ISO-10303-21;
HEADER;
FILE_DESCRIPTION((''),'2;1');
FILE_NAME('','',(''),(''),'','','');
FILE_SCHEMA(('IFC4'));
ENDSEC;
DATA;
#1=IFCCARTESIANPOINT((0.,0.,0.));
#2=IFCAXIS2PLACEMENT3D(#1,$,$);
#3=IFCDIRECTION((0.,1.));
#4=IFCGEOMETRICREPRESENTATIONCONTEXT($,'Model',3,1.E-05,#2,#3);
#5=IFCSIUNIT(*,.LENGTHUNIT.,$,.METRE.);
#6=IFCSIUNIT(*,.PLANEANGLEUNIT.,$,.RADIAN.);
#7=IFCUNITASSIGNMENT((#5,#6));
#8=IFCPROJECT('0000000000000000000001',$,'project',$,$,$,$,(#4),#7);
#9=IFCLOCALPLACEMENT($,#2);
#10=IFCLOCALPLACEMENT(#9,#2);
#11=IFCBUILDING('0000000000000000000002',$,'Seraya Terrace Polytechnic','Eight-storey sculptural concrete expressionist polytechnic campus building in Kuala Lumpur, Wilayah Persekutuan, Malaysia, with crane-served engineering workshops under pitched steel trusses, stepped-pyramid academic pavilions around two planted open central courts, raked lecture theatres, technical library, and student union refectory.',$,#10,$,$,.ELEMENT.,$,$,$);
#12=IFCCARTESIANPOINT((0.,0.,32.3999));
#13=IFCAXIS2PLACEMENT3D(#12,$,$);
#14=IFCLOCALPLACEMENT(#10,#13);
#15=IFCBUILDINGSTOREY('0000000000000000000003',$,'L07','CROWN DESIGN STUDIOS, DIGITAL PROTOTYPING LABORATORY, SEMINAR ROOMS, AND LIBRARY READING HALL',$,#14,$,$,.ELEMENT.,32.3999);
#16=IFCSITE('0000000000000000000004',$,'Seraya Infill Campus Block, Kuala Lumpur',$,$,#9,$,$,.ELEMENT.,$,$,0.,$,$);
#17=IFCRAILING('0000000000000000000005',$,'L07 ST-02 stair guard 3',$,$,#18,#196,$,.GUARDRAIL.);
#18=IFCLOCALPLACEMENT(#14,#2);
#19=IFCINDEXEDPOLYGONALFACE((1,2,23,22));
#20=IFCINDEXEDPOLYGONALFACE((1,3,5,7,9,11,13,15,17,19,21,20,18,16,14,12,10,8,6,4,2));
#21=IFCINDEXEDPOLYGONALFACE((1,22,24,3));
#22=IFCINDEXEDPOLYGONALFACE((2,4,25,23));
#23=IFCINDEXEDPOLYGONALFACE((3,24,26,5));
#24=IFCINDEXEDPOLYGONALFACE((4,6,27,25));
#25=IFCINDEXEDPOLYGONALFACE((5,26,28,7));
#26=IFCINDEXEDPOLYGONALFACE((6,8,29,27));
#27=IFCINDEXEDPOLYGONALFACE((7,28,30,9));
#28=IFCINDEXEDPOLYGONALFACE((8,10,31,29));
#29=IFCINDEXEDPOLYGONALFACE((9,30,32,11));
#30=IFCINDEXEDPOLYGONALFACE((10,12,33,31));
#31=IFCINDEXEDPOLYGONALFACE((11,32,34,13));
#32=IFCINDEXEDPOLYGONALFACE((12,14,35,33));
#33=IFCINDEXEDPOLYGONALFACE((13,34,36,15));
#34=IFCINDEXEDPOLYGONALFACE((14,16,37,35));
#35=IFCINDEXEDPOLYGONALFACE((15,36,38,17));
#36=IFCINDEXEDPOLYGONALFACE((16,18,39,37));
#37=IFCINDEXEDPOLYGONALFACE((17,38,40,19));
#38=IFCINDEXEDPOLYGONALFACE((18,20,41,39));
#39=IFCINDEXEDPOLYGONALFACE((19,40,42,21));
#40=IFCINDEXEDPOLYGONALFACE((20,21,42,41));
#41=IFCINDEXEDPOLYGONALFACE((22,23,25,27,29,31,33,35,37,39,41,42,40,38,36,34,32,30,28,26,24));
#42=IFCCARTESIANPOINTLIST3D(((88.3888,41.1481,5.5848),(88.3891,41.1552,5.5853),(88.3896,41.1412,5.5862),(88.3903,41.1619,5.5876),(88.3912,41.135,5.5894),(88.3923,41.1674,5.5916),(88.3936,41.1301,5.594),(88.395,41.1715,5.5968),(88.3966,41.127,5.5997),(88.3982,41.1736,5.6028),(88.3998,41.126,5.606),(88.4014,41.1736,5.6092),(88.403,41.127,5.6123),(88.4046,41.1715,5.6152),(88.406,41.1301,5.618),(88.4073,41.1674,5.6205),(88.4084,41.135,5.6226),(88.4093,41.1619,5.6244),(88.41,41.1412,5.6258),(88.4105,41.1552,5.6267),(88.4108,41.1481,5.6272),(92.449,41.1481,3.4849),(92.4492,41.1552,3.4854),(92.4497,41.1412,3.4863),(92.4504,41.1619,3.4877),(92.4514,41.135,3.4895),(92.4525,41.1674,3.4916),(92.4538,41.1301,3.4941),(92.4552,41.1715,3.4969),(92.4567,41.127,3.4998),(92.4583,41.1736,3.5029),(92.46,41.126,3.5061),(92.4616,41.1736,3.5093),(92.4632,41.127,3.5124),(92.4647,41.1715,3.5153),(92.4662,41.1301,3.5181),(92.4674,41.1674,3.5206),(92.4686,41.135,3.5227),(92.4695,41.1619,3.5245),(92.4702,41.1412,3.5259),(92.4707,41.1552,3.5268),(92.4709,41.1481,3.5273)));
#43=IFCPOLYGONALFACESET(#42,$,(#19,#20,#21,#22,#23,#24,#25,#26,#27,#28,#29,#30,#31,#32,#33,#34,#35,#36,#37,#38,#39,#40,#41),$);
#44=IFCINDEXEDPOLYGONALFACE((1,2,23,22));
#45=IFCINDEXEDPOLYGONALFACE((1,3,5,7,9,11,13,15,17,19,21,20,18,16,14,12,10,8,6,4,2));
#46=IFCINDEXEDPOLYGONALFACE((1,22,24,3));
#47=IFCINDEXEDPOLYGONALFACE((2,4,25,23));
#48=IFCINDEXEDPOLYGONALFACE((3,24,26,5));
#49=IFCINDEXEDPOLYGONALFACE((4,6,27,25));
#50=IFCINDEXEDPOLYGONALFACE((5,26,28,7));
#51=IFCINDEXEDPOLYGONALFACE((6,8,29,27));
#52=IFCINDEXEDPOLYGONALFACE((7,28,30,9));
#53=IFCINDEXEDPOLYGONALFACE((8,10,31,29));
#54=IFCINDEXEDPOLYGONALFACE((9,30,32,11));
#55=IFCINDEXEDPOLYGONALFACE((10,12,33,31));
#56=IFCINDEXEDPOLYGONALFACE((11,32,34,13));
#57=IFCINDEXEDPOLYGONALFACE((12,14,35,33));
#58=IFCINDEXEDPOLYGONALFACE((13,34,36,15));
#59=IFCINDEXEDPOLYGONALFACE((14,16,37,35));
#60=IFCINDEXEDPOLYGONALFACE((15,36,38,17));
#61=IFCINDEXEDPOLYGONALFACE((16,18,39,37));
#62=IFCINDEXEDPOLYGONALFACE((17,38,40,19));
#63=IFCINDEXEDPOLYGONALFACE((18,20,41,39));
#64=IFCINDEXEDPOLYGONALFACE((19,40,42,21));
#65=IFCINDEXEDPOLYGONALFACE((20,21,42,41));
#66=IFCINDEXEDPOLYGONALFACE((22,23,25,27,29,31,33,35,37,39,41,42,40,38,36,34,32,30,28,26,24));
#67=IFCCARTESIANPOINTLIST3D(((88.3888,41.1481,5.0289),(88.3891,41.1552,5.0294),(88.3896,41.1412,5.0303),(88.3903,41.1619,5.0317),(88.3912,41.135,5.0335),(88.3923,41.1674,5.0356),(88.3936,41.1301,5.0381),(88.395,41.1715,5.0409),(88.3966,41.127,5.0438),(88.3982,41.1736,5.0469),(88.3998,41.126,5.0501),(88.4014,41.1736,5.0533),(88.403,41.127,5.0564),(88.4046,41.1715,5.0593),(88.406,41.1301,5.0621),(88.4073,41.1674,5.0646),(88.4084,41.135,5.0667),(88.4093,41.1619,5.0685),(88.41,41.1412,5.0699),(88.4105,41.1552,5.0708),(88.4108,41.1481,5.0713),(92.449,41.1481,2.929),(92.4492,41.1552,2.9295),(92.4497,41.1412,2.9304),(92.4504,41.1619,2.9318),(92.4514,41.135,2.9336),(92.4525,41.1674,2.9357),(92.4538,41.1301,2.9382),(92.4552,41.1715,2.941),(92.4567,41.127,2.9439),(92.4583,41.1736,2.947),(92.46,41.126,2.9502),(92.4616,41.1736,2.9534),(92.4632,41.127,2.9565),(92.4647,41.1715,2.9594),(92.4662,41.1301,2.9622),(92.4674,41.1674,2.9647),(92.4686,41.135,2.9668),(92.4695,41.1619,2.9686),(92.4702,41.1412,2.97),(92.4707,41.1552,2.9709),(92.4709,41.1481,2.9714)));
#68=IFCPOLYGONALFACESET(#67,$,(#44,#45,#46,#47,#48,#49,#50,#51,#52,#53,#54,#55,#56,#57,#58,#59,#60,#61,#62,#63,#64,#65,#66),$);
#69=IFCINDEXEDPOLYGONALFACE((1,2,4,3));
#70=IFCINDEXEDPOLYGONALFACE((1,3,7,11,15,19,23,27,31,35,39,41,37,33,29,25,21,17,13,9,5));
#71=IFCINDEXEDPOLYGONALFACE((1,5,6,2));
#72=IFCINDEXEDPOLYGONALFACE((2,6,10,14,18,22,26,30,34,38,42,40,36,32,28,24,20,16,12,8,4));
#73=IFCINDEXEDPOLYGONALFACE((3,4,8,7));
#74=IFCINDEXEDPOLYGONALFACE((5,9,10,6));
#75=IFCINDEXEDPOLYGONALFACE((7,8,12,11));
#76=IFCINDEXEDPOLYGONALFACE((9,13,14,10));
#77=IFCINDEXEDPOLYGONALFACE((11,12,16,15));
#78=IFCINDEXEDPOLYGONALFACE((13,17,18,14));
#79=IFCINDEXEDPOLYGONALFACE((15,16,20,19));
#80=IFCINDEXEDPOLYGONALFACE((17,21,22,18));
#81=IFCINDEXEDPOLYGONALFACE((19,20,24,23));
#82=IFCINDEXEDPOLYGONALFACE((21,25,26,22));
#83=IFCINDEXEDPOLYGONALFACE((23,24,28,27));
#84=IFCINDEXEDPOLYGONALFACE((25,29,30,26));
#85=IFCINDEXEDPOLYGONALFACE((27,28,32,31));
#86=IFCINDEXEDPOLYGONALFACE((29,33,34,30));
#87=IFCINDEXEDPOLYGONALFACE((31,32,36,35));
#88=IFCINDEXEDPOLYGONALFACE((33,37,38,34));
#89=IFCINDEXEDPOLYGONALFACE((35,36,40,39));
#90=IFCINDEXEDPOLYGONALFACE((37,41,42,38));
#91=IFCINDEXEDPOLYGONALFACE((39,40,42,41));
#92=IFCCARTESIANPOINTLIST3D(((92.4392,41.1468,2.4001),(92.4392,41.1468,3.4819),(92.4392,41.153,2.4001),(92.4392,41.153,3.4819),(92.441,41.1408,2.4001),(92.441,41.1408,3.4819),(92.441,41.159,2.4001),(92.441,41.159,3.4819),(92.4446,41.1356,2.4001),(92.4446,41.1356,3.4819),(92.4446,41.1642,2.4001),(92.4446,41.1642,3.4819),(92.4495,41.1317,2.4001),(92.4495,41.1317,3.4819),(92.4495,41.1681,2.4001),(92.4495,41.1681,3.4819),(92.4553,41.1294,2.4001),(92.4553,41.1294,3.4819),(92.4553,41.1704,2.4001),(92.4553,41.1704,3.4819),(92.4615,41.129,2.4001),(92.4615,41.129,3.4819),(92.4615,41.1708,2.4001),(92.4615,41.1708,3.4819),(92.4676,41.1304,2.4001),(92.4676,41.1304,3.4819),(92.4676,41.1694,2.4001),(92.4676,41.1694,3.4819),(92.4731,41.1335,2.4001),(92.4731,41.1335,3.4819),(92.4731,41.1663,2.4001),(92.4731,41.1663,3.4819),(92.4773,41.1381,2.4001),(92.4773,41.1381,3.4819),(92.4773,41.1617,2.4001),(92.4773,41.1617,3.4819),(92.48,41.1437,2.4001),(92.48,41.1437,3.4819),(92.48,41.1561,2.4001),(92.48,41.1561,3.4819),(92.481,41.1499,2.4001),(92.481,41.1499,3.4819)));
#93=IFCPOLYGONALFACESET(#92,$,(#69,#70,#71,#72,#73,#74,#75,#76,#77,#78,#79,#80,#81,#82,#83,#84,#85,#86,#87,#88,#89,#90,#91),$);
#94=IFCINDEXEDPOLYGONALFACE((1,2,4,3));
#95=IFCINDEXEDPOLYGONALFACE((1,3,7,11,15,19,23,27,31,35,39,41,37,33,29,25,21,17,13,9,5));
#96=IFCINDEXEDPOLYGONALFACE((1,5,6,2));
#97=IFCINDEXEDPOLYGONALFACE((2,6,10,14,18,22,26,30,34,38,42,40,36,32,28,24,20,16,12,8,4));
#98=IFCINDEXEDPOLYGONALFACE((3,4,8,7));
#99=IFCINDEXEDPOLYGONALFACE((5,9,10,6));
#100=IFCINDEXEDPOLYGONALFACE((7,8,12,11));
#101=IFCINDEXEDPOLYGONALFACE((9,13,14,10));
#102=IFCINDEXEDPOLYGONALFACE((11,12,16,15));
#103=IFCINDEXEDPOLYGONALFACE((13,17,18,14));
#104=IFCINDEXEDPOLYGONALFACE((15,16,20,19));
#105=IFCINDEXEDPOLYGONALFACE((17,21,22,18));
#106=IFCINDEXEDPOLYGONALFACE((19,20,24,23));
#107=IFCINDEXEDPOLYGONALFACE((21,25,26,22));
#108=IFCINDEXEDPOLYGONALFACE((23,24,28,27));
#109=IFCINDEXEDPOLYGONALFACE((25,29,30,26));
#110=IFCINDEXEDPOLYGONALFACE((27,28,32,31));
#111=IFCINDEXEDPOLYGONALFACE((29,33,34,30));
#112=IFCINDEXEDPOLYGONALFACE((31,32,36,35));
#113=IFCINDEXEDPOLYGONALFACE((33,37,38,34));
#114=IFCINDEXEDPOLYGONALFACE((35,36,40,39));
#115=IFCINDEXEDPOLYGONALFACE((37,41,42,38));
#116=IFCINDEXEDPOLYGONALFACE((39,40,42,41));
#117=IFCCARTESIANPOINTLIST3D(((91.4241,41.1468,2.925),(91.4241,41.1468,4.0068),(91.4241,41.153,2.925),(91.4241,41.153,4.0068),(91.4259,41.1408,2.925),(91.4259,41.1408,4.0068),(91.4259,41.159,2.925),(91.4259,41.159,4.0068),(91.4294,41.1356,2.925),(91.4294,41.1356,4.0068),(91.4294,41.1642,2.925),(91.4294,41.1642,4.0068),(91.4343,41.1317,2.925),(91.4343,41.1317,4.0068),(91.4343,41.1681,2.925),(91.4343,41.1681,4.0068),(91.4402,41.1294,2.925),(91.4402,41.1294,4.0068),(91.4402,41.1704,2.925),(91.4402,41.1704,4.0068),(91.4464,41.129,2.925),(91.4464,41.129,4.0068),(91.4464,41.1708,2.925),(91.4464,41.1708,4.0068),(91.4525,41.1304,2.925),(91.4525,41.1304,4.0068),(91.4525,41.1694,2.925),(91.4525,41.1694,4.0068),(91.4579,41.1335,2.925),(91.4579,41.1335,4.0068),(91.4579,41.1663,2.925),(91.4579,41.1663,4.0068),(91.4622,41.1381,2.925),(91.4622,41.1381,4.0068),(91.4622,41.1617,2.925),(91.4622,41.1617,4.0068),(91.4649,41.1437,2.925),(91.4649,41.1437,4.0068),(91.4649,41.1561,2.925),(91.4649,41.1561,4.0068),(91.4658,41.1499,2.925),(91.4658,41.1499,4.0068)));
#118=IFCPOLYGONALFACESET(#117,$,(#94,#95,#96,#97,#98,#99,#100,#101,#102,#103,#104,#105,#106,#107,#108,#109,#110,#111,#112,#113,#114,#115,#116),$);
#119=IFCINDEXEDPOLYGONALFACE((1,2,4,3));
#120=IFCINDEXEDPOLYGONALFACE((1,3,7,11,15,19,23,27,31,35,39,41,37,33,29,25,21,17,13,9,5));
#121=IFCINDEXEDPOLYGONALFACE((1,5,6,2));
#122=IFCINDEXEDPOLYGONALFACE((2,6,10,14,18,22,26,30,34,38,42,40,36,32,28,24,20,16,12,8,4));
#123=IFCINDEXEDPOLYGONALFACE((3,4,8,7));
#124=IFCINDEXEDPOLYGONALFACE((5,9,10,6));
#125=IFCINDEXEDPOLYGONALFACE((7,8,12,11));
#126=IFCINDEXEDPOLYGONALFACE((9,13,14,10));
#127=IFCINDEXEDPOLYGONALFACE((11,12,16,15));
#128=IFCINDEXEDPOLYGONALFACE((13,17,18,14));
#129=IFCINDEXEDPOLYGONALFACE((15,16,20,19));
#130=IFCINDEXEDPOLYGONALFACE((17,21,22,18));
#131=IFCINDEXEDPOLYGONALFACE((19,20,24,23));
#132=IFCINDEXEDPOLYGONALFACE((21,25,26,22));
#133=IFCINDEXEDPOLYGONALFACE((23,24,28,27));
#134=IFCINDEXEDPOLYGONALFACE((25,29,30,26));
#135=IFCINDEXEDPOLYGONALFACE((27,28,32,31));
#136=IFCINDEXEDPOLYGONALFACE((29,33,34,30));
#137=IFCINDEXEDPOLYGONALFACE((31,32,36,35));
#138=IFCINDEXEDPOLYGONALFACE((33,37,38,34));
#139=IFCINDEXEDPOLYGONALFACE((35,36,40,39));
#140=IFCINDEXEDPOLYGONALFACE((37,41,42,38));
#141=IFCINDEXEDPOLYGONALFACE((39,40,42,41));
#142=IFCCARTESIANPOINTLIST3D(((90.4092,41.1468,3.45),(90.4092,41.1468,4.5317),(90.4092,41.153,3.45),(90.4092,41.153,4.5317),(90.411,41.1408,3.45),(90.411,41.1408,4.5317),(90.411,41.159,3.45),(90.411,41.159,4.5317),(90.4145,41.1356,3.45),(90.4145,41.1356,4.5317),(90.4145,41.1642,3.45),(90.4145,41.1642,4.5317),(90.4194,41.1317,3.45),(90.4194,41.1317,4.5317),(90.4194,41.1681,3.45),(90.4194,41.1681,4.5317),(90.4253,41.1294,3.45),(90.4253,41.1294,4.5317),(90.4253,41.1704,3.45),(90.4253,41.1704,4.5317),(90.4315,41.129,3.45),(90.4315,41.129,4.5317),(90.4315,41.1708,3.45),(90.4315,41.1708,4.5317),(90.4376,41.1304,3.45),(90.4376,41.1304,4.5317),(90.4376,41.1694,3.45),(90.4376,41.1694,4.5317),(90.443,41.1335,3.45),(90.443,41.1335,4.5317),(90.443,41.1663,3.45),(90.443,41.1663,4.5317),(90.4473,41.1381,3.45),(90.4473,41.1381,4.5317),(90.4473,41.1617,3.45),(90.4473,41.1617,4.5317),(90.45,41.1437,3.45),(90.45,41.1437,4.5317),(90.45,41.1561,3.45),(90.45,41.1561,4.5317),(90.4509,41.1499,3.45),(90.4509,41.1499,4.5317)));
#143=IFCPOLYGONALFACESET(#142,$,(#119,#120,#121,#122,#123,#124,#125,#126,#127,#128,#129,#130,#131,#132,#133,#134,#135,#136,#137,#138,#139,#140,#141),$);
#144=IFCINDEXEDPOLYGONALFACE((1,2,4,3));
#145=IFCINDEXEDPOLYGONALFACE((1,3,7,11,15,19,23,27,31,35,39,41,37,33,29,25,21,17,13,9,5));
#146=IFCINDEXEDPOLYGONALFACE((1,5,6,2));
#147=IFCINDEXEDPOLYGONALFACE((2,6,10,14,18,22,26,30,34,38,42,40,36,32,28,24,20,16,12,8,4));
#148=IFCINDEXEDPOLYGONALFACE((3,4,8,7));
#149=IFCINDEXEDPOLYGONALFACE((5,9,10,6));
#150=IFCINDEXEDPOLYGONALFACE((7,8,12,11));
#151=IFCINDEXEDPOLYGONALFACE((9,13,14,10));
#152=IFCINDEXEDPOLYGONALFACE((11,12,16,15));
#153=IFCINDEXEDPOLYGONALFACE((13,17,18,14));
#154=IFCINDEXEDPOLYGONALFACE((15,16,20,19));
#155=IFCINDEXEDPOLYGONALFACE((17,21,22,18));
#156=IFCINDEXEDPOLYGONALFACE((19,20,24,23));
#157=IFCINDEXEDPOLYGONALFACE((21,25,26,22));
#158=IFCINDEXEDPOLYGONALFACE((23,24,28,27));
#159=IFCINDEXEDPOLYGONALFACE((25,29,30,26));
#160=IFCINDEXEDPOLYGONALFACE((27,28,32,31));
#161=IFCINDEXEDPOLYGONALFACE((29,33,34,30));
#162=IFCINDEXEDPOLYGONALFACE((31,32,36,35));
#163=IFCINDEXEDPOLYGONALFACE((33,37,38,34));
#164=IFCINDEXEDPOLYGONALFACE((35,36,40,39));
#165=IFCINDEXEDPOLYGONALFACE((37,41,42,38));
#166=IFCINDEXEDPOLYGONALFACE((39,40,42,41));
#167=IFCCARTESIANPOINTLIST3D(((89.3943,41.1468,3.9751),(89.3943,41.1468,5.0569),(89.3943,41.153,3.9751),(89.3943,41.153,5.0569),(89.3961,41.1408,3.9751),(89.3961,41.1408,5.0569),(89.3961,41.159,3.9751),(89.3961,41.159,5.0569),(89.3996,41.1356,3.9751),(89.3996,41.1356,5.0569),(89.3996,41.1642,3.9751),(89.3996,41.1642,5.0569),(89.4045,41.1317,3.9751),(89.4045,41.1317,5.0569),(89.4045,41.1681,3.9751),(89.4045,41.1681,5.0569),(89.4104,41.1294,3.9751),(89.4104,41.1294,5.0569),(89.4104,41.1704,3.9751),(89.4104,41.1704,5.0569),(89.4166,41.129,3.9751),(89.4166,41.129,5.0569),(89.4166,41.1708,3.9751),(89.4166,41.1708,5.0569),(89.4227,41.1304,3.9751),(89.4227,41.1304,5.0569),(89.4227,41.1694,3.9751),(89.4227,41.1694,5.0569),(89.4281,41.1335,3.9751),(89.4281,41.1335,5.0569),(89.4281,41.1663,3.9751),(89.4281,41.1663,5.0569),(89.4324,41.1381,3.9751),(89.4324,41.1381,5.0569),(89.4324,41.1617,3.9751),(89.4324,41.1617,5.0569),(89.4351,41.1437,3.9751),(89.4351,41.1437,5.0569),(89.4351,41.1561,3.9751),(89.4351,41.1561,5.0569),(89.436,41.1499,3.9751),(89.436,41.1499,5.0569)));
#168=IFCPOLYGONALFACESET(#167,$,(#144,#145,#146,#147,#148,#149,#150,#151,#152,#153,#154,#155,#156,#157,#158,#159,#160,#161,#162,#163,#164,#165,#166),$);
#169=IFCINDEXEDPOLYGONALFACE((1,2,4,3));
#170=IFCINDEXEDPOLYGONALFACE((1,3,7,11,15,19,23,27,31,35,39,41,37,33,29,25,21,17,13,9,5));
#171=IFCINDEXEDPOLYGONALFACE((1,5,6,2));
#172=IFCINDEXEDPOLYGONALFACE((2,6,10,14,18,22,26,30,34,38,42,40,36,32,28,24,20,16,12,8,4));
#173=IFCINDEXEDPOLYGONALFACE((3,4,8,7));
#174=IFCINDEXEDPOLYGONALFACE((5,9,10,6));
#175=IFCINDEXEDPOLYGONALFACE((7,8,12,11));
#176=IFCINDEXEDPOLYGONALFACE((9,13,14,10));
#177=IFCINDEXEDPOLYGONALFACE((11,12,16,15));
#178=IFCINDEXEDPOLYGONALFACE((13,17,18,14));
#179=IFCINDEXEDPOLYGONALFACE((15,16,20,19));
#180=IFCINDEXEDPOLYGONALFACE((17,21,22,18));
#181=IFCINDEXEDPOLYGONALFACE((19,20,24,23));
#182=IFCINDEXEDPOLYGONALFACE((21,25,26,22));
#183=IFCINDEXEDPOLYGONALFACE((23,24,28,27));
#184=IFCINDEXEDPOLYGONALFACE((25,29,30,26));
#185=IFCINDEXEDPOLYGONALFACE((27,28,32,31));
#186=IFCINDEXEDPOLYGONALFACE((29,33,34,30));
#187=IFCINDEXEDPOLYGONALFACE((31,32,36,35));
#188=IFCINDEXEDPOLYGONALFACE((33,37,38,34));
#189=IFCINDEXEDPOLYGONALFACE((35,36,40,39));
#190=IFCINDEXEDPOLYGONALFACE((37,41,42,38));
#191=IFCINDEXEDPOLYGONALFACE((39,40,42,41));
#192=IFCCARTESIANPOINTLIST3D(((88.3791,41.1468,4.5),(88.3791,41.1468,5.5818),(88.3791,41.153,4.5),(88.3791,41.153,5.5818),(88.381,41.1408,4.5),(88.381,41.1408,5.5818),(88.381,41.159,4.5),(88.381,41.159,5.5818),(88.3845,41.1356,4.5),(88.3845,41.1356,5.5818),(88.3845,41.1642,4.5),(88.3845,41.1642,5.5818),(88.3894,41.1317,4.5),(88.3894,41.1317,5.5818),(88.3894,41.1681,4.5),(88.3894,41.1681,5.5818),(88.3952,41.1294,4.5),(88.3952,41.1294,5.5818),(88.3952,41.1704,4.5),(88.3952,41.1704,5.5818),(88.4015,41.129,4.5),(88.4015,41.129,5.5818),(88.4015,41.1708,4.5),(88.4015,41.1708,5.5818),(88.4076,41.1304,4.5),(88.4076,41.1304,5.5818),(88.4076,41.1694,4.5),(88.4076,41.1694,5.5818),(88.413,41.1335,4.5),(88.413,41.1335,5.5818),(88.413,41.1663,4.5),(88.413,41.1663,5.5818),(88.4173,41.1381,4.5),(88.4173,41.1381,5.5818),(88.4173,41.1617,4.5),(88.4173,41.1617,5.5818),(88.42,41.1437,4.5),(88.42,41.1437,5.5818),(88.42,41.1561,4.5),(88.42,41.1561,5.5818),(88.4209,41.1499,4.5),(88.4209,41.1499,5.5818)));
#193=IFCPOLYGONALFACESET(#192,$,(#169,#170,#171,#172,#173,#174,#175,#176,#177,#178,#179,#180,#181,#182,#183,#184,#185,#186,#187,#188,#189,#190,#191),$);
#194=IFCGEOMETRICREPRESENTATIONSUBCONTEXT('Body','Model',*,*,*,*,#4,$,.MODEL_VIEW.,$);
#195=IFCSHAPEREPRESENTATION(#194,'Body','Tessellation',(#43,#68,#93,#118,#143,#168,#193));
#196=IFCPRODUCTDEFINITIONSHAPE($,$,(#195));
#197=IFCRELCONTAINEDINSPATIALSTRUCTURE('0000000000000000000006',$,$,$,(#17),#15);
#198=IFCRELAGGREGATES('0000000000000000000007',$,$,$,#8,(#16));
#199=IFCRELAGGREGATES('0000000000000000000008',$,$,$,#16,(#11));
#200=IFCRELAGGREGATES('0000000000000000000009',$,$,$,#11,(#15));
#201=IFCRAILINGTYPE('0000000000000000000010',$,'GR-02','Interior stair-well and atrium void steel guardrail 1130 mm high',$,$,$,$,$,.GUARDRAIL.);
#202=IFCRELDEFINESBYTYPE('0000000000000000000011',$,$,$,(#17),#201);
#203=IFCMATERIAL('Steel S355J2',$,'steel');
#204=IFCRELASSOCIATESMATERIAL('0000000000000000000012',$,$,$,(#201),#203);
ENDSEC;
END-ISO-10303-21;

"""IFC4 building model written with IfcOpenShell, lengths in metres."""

from ifc_helpers import new_model, si_unit, direction, frame, origin, origin_2d, place, context, subcontext, project, spatial, circle, extrude, material, type_object, element, save


model = new_model("IFC4")

# Units and contexts
model_context = context("Model", 3, precision=1e-05, world=origin(), true_north=direction((0.0, 1.0)))
body_context = subcontext(model_context, "Body", "Model", "MODEL_VIEW")
ifc_project = project(units=[si_unit("LENGTHUNIT", "METRE"), si_unit("PLANEANGLEUNIT", "RADIAN")], contexts=[model_context])

# Site, building, storey
site_placement = place(None, origin())
site = spatial("IfcSite", under=ifc_project, at=site_placement, Name="Seraya Infill Campus Block, Kuala Lumpur", CompositionType="ELEMENT", RefElevation=0.0)
building_placement = place(site_placement, origin())
building = spatial("IfcBuilding", under=site, at=building_placement, Name="Seraya Terrace Polytechnic", Description="Eight-storey sculptural concrete expressionist polytechnic campus building in Kuala Lumpur, Wilayah Persekutuan, Malaysia, with crane-served engineering workshops under pitched steel trusses, stepped-pyramid academic pavilions around two planted open central courts, raked lecture theatres, technical library, and student union refectory.", CompositionType="ELEMENT")
storey_placement = place(building_placement, frame((0.0, 0.0, 32.3999)))
storey = spatial("IfcBuildingStorey", under=building, at=storey_placement, Name="L07", Description="CROWN DESIGN STUDIOS, DIGITAL PROTOTYPING LABORATORY, SEMINAR ROOMS, AND LIBRARY READING HALL", CompositionType="ELEMENT", Elevation=32.3999)

# Shared definitions
ifc_material_1 = material(Name="Steel S355J2", Category="steel")

# Railing
railing_type_1 = type_object("IfcRailingType", Name="GR-02", Description="Interior stair-well and atrium void steel guardrail 1130 mm high", PredefinedType="GUARDRAIL", material=ifc_material_1)
railing_1_placement = place(storey_placement, frame((92.46, 41.1499, 2.4001)))
element("IfcRailing", 1, at=railing_1_placement, inside=storey, type_object=railing_type_1, Name="L07 ST-02 stair guard 3", PredefinedType="GUARDRAIL", context=body_context, shape_type="SweptSolid", body=[
    extrude(circle(Radius=0.0239, at=origin_2d()), frame((0.0, 0.0, 1.106), z_axis=(-0.888233, 0.0, 0.459392), x_axis=(0.0, -1.0, 0.0)), (0.0, 0.0, 1.0), 4.571),
    extrude(circle(Radius=0.0239, at=origin_2d()), frame((0.0, 0.0, 0.55), z_axis=(-0.888233, 0.0, 0.459392), x_axis=(0.0, -1.0, 0.0)), (0.0, 0.0, 1.0), 4.571),
    extrude(circle(Radius=0.021, at=origin_2d()), origin(), (0.0, 0.0, 1.0), 1.0818),
    extrude(circle(Radius=0.021, at=origin_2d()), frame((-1.0151, 0.0, 0.5249)), (0.0, 0.0, 1.0), 1.0818),
    extrude(circle(Radius=0.021, at=origin_2d()), frame((-2.03, 0.0, 1.0498)), (0.0, 0.0, 1.0), 1.0818),
    extrude(circle(Radius=0.021, at=origin_2d()), frame((-3.0449, 0.0, 1.575)), (0.0, 0.0, 1.0), 1.0818),
    extrude(circle(Radius=0.021, at=origin_2d()), frame((-4.0601, 0.0, 2.0999)), (0.0, 0.0, 1.0), 1.0818),
])

save(model, "model.ifc")
